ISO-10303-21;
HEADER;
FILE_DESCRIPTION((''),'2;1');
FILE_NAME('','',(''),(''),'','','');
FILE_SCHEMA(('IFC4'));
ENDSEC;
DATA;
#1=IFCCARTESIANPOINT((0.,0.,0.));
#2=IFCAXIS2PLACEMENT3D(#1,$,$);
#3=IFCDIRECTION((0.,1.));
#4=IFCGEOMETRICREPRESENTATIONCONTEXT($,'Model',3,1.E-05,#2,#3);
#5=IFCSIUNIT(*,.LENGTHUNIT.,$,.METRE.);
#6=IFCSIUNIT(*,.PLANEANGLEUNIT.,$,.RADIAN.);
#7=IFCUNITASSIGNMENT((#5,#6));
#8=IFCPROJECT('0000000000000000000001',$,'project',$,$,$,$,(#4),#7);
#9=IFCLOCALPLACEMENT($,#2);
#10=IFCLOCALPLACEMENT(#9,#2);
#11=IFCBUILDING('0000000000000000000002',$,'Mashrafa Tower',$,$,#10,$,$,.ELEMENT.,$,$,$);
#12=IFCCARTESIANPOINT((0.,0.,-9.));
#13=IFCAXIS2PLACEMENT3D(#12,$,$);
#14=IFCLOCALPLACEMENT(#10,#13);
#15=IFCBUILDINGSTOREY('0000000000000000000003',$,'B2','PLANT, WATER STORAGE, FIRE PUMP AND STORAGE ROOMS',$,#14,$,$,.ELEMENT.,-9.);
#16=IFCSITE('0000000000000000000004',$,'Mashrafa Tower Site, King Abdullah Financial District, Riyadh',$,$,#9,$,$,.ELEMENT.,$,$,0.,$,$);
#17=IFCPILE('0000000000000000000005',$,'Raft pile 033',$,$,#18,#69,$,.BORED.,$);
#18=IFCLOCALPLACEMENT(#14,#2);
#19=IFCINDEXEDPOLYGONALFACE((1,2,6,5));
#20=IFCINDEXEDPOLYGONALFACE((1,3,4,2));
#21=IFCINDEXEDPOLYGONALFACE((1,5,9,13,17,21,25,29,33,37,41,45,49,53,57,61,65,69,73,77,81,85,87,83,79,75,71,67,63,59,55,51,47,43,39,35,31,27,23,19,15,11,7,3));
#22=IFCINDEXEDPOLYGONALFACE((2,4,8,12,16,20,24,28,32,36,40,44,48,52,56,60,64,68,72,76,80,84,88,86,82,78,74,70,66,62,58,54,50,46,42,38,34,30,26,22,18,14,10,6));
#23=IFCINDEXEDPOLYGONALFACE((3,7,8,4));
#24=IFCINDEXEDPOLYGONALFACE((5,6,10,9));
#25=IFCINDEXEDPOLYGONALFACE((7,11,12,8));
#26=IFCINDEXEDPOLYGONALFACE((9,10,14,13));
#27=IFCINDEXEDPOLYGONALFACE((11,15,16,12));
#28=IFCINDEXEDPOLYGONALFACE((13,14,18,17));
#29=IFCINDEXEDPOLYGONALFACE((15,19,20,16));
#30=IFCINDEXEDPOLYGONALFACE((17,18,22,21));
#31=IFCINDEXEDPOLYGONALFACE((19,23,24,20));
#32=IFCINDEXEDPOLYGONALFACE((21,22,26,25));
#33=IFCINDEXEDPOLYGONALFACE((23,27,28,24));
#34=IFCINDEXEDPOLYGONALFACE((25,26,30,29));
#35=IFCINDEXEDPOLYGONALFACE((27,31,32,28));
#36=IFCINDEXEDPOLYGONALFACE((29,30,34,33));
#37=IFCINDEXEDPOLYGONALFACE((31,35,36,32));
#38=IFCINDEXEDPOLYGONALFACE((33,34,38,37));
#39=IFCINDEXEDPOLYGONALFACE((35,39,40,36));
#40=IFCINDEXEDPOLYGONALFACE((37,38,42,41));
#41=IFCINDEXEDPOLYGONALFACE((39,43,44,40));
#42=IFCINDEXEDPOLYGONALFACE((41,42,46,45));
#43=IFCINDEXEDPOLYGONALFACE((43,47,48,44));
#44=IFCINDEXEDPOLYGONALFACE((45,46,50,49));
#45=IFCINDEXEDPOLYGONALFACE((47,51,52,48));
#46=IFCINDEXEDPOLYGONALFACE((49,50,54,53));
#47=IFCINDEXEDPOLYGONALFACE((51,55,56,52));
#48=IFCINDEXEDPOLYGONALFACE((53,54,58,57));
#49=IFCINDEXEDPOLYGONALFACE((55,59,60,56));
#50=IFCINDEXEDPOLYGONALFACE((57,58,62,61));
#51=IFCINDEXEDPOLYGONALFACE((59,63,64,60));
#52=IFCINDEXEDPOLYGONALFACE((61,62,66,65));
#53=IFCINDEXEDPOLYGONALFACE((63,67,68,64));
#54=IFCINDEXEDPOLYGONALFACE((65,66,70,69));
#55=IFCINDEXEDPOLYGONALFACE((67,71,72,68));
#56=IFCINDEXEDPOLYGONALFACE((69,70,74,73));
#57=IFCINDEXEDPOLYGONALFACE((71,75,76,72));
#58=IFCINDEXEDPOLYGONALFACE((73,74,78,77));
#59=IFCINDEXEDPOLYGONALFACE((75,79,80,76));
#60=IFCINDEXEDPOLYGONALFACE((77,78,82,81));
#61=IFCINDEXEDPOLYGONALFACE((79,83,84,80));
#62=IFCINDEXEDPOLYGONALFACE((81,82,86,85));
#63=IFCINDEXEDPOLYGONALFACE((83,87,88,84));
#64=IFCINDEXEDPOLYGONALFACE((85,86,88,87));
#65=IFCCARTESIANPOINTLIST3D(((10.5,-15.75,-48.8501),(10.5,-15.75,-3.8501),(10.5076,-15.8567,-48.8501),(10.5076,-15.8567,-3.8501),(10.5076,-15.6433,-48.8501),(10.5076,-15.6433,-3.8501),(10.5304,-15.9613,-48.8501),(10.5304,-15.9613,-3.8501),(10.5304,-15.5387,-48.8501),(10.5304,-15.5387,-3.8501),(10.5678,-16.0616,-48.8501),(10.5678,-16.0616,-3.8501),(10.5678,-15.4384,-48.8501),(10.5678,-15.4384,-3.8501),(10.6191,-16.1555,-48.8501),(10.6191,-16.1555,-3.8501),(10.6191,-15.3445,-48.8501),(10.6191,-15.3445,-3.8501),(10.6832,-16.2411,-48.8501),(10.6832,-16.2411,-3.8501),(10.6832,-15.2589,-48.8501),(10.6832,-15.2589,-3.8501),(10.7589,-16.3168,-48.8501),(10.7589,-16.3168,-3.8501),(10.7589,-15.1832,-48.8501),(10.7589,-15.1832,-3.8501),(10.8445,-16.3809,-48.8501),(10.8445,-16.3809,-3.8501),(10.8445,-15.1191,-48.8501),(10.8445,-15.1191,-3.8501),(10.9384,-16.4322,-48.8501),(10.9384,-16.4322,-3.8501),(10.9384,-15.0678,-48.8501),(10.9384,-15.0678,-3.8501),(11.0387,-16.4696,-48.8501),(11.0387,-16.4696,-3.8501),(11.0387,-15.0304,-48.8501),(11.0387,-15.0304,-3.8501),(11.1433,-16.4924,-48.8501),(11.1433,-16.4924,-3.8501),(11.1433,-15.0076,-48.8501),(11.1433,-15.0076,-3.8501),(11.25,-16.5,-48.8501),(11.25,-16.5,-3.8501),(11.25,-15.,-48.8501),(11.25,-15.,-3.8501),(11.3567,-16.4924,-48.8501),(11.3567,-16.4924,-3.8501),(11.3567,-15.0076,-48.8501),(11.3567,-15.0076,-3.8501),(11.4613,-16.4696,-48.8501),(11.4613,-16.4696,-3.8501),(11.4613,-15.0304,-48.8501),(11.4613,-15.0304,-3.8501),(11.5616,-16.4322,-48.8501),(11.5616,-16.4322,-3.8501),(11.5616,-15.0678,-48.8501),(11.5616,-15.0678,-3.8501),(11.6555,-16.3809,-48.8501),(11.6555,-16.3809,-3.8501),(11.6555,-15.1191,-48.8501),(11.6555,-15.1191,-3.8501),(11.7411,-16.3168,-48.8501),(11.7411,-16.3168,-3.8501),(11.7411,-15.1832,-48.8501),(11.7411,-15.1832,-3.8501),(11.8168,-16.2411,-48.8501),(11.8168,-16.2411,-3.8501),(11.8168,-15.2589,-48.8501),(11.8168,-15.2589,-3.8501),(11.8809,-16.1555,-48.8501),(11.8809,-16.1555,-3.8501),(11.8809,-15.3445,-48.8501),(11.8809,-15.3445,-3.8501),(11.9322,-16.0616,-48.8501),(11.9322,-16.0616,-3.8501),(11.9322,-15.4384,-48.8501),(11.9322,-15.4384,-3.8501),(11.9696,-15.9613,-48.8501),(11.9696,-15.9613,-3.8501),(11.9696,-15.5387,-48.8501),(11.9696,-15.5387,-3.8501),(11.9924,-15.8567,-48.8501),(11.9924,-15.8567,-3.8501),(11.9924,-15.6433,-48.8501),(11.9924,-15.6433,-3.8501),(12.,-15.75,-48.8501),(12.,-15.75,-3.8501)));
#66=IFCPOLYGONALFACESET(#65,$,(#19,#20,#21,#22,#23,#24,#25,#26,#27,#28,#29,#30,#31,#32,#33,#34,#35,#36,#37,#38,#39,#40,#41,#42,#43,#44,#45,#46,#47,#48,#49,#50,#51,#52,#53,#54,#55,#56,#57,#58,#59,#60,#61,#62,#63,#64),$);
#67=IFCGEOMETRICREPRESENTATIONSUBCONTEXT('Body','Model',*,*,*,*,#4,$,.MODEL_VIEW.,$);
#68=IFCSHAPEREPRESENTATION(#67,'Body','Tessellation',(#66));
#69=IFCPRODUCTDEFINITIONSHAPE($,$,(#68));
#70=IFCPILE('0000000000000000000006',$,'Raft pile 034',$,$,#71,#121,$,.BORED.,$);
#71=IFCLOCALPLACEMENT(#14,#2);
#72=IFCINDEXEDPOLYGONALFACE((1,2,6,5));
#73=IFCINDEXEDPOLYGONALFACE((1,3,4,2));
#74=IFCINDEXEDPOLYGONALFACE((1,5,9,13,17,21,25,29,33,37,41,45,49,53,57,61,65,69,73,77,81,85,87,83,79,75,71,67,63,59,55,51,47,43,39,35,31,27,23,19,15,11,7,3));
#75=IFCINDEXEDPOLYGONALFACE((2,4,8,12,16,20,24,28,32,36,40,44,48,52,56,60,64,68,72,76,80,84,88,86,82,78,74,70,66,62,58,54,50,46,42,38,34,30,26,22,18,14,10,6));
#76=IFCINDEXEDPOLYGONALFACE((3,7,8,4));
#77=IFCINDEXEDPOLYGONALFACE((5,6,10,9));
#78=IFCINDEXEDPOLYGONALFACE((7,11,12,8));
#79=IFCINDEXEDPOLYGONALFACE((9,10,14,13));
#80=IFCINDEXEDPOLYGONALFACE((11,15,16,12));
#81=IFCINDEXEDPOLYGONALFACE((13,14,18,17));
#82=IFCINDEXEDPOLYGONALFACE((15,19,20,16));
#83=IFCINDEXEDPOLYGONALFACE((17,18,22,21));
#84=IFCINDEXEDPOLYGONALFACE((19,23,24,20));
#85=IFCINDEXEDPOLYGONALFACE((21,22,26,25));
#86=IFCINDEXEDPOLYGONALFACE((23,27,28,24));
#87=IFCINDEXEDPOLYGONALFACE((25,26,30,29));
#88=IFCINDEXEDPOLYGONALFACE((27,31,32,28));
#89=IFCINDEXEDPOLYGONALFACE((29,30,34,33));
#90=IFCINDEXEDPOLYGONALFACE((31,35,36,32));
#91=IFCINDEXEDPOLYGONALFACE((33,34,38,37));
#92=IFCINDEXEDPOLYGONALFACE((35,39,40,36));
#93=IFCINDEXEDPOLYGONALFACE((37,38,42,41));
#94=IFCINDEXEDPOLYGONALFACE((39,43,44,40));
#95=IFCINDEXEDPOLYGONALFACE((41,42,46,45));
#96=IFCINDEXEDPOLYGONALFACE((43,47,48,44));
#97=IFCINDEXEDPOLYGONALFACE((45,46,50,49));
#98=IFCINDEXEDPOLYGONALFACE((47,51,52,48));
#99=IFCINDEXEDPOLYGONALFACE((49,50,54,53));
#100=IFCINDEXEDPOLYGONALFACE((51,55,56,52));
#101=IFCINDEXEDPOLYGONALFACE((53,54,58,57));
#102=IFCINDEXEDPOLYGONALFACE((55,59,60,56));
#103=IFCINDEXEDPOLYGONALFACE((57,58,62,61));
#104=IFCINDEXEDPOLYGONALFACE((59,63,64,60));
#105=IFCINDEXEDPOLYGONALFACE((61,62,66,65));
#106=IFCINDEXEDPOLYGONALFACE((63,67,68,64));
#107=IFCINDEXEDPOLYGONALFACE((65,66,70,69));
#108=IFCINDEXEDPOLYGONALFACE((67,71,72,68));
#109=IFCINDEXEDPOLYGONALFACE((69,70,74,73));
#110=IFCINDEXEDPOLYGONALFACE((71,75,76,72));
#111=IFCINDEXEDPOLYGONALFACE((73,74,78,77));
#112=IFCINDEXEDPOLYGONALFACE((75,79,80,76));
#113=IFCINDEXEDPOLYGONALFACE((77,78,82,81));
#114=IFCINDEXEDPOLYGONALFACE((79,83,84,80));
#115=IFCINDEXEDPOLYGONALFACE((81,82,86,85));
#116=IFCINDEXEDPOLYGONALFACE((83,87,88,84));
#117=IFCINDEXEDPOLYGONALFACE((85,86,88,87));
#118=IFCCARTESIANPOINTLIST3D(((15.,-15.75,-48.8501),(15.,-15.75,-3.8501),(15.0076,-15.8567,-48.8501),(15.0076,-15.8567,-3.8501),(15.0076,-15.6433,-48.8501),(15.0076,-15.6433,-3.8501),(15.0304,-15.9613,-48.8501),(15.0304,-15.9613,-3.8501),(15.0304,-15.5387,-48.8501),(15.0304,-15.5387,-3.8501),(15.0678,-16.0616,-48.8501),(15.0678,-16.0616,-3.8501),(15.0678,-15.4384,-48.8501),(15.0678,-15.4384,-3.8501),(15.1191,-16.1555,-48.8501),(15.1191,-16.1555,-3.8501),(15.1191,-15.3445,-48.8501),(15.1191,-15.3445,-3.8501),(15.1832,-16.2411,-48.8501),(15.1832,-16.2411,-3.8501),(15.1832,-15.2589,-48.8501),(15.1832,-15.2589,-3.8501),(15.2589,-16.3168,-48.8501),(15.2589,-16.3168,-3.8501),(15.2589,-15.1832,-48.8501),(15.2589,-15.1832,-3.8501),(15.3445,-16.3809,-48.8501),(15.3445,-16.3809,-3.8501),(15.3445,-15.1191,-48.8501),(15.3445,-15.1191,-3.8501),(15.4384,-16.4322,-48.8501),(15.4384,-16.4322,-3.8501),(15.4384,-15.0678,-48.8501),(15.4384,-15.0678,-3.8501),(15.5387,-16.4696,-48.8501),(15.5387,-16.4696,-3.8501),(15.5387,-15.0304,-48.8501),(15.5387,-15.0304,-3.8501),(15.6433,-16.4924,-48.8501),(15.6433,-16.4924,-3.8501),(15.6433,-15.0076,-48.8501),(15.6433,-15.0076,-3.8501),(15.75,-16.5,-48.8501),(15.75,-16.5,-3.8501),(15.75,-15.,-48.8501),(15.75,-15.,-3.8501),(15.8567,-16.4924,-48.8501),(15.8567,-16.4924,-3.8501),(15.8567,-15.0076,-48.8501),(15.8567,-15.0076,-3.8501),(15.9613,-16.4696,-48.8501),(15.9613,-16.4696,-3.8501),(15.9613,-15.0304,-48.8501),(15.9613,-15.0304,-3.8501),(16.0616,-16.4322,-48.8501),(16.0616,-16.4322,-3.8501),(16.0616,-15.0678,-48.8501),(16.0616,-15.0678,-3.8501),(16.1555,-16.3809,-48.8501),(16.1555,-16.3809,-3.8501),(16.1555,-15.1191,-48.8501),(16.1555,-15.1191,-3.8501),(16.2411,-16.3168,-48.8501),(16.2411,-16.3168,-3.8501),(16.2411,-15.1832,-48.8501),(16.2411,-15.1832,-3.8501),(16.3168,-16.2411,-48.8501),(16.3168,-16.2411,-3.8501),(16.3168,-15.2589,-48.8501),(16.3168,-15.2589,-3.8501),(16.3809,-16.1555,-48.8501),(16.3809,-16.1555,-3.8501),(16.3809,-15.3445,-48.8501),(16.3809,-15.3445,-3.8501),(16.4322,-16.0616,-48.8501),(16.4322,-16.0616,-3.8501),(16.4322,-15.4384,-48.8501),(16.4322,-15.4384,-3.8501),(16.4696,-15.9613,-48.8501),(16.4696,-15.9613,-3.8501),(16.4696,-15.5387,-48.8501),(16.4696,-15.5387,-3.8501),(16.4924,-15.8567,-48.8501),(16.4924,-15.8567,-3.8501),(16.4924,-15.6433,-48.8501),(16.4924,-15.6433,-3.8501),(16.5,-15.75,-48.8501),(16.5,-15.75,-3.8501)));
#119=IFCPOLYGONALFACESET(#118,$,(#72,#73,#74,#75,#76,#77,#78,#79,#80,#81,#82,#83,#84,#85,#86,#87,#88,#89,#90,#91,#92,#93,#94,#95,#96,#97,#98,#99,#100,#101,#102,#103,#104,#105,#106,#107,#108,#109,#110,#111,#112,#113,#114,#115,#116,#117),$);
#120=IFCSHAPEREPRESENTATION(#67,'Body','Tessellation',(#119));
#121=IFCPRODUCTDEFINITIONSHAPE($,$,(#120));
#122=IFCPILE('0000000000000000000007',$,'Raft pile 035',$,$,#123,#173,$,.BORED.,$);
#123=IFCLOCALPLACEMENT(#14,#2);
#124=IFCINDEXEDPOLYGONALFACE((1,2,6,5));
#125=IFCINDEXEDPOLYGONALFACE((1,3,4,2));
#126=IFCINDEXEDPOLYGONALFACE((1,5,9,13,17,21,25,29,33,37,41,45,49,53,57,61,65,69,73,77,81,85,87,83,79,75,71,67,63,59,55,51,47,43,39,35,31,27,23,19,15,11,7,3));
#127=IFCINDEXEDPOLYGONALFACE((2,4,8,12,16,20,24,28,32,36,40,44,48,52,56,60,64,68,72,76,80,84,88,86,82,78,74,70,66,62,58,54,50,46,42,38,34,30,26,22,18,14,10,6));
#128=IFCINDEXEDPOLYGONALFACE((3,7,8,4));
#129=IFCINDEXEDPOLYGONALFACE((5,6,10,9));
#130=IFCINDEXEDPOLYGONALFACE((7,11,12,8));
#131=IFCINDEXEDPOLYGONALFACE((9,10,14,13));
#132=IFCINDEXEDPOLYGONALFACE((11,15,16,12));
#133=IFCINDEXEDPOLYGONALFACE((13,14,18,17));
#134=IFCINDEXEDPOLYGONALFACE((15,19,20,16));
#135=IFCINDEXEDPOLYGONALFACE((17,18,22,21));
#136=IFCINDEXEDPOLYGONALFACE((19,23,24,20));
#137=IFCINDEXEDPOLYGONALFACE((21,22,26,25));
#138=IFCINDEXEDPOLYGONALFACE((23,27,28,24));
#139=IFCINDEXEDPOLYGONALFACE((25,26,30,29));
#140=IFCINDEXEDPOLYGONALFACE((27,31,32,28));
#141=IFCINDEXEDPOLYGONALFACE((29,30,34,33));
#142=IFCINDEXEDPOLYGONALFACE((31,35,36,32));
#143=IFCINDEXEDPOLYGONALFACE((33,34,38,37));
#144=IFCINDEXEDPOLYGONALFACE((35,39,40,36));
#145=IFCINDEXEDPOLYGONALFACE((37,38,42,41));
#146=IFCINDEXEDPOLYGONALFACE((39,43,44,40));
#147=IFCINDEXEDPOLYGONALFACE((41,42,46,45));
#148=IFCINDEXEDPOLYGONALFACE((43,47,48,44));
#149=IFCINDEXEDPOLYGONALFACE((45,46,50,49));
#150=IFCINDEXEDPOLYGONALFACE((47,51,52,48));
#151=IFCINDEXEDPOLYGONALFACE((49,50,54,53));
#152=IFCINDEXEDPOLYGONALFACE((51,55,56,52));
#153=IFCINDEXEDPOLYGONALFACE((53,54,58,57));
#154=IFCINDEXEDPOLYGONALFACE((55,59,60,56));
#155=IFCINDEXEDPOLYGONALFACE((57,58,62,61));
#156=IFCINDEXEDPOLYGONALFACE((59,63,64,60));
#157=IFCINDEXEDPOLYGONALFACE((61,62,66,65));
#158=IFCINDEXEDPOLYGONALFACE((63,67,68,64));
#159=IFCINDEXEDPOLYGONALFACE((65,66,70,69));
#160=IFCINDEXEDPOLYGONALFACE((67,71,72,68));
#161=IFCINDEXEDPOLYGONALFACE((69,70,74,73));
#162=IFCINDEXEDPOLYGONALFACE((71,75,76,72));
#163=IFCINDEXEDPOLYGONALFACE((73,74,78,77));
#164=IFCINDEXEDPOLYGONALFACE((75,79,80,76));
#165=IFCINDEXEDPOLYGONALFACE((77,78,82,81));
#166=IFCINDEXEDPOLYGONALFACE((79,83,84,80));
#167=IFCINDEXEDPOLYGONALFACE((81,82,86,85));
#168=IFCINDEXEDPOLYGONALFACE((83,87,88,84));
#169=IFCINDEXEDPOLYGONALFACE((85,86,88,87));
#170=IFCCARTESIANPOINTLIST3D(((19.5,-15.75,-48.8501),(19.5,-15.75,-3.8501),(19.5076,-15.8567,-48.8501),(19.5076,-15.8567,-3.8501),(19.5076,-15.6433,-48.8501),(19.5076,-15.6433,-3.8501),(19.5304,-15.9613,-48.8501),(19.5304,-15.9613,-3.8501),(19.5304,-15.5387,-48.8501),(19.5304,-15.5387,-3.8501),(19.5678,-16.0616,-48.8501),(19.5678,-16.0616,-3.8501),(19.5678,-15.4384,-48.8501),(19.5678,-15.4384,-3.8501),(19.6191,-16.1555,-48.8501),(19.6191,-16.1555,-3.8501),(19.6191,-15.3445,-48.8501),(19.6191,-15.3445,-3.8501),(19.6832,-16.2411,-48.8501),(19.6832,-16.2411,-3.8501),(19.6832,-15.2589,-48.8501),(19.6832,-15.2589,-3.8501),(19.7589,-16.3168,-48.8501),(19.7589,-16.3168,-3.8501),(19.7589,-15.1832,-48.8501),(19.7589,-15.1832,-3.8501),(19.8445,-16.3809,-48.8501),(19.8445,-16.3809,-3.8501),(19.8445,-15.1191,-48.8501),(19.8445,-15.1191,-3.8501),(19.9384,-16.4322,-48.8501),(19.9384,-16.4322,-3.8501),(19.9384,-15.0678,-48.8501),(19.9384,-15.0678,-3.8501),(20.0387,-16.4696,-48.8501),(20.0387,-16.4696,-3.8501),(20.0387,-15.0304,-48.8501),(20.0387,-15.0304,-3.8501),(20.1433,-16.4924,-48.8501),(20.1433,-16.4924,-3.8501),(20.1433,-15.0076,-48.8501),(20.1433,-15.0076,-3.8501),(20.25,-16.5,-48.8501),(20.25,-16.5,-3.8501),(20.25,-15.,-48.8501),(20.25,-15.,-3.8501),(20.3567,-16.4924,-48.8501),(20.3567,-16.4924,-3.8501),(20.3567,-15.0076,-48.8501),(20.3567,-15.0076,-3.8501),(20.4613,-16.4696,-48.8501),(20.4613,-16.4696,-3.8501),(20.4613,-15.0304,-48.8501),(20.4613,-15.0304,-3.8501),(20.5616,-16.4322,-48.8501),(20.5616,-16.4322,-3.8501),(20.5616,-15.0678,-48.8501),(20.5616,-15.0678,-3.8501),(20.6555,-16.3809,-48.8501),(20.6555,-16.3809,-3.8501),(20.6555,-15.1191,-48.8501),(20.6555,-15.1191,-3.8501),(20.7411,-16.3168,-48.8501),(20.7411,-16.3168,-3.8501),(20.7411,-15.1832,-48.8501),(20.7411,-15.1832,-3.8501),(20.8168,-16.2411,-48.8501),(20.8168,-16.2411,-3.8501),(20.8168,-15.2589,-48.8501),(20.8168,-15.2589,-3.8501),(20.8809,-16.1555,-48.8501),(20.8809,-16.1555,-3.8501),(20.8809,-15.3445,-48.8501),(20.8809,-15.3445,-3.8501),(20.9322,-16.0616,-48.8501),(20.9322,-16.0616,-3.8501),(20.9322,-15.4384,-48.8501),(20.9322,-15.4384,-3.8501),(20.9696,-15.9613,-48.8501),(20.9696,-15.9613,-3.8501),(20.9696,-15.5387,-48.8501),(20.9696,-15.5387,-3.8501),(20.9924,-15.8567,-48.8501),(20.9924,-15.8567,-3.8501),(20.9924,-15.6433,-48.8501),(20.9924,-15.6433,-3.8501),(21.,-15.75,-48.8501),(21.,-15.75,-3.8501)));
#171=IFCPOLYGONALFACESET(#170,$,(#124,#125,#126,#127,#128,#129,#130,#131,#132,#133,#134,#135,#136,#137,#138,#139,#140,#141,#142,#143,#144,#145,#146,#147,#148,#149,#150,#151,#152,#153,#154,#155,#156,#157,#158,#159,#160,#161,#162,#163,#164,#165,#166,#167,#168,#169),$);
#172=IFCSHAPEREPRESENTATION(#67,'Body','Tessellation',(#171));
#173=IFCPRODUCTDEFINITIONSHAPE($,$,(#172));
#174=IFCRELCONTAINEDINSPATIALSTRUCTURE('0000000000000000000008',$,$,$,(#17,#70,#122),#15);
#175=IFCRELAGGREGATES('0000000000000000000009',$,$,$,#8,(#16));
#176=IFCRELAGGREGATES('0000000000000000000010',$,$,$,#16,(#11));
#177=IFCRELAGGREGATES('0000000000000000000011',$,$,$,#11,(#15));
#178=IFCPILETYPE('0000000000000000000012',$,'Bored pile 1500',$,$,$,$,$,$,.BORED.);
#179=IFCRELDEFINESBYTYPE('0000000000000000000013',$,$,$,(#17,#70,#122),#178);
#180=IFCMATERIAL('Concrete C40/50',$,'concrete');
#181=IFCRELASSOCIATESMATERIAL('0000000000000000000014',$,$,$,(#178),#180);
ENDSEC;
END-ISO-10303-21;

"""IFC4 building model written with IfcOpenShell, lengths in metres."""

from ifc_helpers import new_model, si_unit, direction, frame, origin, origin_2d, place, context, subcontext, project, spatial, circle, extrude, material, material_profile, profile_set, type_object, element, save


model = new_model("IFC4")

# Units and contexts
model_context = context("Model", 3, precision=1e-05, world=origin(), true_north=direction((0.0, 1.0)))
body_context = subcontext(model_context, "Body", "Model", "MODEL_VIEW")
ifc_project = project(units=[si_unit("LENGTHUNIT", "METRE"), si_unit("PLANEANGLEUNIT", "RADIAN")], contexts=[model_context])

# Site, building, storey
site_placement = place(None, origin())
site = spatial("IfcSite", under=ifc_project, at=site_placement, Name="Mashrafa Tower Site, King Abdullah Financial District, Riyadh", CompositionType="ELEMENT", RefElevation=0.0)
building_placement = place(site_placement, origin())
building = spatial("IfcBuilding", under=site, at=building_placement, Name="Mashrafa Tower", CompositionType="ELEMENT")
storey_placement = place(building_placement, frame((0.0, 0.0, -9.0)))
storey = spatial("IfcBuildingStorey", under=building, at=storey_placement, Name="B2", Description="PLANT, WATER STORAGE, FIRE PUMP AND STORAGE ROOMS", CompositionType="ELEMENT", Elevation=-9.0)

# Piles
ifc_material_1 = material(Name="Concrete C40/50", Category="concrete")
ifc_material_profile_1 = material_profile(ifc_material_1, circle(Radius=0.75, at=origin_2d()), Name="1500 DIA")
ifc_profile_set_1 = profile_set([ifc_material_profile_1], Name="Concrete C40/50")
pile_type_1 = type_object("IfcPileType", Name="Bored pile 1500", PredefinedType="BORED", material=ifc_profile_set_1)
for number, where, z_axis, x_axis, name in (
    (1, (11.25, -15.75, -3.8501), (0.0, 0.0, -1.0), (1.0, 0.0, 0.0), "Raft pile 033"),
    (2, (15.75, -15.75, -3.8501), (0.0, 0.0, -1.0), (1.0, 0.0, 0.0), "Raft pile 034"),
    (3, (20.25, -15.75, -3.8501), (0.0, 0.0, -1.0), (1.0, 0.0, 0.0), "Raft pile 035"),
):
    element("IfcPile", number, at=place(storey_placement, frame(where, z_axis=z_axis, x_axis=x_axis)), inside=storey, type_object=pile_type_1, Name=name, PredefinedType="BORED", context=body_context, shape_type="SweptSolid", body=[
        extrude(circle(Radius=0.75, at=origin_2d()), origin(), (0.0, 0.0, 1.0), 45.0),
    ])

save(model, "model.ifc")
